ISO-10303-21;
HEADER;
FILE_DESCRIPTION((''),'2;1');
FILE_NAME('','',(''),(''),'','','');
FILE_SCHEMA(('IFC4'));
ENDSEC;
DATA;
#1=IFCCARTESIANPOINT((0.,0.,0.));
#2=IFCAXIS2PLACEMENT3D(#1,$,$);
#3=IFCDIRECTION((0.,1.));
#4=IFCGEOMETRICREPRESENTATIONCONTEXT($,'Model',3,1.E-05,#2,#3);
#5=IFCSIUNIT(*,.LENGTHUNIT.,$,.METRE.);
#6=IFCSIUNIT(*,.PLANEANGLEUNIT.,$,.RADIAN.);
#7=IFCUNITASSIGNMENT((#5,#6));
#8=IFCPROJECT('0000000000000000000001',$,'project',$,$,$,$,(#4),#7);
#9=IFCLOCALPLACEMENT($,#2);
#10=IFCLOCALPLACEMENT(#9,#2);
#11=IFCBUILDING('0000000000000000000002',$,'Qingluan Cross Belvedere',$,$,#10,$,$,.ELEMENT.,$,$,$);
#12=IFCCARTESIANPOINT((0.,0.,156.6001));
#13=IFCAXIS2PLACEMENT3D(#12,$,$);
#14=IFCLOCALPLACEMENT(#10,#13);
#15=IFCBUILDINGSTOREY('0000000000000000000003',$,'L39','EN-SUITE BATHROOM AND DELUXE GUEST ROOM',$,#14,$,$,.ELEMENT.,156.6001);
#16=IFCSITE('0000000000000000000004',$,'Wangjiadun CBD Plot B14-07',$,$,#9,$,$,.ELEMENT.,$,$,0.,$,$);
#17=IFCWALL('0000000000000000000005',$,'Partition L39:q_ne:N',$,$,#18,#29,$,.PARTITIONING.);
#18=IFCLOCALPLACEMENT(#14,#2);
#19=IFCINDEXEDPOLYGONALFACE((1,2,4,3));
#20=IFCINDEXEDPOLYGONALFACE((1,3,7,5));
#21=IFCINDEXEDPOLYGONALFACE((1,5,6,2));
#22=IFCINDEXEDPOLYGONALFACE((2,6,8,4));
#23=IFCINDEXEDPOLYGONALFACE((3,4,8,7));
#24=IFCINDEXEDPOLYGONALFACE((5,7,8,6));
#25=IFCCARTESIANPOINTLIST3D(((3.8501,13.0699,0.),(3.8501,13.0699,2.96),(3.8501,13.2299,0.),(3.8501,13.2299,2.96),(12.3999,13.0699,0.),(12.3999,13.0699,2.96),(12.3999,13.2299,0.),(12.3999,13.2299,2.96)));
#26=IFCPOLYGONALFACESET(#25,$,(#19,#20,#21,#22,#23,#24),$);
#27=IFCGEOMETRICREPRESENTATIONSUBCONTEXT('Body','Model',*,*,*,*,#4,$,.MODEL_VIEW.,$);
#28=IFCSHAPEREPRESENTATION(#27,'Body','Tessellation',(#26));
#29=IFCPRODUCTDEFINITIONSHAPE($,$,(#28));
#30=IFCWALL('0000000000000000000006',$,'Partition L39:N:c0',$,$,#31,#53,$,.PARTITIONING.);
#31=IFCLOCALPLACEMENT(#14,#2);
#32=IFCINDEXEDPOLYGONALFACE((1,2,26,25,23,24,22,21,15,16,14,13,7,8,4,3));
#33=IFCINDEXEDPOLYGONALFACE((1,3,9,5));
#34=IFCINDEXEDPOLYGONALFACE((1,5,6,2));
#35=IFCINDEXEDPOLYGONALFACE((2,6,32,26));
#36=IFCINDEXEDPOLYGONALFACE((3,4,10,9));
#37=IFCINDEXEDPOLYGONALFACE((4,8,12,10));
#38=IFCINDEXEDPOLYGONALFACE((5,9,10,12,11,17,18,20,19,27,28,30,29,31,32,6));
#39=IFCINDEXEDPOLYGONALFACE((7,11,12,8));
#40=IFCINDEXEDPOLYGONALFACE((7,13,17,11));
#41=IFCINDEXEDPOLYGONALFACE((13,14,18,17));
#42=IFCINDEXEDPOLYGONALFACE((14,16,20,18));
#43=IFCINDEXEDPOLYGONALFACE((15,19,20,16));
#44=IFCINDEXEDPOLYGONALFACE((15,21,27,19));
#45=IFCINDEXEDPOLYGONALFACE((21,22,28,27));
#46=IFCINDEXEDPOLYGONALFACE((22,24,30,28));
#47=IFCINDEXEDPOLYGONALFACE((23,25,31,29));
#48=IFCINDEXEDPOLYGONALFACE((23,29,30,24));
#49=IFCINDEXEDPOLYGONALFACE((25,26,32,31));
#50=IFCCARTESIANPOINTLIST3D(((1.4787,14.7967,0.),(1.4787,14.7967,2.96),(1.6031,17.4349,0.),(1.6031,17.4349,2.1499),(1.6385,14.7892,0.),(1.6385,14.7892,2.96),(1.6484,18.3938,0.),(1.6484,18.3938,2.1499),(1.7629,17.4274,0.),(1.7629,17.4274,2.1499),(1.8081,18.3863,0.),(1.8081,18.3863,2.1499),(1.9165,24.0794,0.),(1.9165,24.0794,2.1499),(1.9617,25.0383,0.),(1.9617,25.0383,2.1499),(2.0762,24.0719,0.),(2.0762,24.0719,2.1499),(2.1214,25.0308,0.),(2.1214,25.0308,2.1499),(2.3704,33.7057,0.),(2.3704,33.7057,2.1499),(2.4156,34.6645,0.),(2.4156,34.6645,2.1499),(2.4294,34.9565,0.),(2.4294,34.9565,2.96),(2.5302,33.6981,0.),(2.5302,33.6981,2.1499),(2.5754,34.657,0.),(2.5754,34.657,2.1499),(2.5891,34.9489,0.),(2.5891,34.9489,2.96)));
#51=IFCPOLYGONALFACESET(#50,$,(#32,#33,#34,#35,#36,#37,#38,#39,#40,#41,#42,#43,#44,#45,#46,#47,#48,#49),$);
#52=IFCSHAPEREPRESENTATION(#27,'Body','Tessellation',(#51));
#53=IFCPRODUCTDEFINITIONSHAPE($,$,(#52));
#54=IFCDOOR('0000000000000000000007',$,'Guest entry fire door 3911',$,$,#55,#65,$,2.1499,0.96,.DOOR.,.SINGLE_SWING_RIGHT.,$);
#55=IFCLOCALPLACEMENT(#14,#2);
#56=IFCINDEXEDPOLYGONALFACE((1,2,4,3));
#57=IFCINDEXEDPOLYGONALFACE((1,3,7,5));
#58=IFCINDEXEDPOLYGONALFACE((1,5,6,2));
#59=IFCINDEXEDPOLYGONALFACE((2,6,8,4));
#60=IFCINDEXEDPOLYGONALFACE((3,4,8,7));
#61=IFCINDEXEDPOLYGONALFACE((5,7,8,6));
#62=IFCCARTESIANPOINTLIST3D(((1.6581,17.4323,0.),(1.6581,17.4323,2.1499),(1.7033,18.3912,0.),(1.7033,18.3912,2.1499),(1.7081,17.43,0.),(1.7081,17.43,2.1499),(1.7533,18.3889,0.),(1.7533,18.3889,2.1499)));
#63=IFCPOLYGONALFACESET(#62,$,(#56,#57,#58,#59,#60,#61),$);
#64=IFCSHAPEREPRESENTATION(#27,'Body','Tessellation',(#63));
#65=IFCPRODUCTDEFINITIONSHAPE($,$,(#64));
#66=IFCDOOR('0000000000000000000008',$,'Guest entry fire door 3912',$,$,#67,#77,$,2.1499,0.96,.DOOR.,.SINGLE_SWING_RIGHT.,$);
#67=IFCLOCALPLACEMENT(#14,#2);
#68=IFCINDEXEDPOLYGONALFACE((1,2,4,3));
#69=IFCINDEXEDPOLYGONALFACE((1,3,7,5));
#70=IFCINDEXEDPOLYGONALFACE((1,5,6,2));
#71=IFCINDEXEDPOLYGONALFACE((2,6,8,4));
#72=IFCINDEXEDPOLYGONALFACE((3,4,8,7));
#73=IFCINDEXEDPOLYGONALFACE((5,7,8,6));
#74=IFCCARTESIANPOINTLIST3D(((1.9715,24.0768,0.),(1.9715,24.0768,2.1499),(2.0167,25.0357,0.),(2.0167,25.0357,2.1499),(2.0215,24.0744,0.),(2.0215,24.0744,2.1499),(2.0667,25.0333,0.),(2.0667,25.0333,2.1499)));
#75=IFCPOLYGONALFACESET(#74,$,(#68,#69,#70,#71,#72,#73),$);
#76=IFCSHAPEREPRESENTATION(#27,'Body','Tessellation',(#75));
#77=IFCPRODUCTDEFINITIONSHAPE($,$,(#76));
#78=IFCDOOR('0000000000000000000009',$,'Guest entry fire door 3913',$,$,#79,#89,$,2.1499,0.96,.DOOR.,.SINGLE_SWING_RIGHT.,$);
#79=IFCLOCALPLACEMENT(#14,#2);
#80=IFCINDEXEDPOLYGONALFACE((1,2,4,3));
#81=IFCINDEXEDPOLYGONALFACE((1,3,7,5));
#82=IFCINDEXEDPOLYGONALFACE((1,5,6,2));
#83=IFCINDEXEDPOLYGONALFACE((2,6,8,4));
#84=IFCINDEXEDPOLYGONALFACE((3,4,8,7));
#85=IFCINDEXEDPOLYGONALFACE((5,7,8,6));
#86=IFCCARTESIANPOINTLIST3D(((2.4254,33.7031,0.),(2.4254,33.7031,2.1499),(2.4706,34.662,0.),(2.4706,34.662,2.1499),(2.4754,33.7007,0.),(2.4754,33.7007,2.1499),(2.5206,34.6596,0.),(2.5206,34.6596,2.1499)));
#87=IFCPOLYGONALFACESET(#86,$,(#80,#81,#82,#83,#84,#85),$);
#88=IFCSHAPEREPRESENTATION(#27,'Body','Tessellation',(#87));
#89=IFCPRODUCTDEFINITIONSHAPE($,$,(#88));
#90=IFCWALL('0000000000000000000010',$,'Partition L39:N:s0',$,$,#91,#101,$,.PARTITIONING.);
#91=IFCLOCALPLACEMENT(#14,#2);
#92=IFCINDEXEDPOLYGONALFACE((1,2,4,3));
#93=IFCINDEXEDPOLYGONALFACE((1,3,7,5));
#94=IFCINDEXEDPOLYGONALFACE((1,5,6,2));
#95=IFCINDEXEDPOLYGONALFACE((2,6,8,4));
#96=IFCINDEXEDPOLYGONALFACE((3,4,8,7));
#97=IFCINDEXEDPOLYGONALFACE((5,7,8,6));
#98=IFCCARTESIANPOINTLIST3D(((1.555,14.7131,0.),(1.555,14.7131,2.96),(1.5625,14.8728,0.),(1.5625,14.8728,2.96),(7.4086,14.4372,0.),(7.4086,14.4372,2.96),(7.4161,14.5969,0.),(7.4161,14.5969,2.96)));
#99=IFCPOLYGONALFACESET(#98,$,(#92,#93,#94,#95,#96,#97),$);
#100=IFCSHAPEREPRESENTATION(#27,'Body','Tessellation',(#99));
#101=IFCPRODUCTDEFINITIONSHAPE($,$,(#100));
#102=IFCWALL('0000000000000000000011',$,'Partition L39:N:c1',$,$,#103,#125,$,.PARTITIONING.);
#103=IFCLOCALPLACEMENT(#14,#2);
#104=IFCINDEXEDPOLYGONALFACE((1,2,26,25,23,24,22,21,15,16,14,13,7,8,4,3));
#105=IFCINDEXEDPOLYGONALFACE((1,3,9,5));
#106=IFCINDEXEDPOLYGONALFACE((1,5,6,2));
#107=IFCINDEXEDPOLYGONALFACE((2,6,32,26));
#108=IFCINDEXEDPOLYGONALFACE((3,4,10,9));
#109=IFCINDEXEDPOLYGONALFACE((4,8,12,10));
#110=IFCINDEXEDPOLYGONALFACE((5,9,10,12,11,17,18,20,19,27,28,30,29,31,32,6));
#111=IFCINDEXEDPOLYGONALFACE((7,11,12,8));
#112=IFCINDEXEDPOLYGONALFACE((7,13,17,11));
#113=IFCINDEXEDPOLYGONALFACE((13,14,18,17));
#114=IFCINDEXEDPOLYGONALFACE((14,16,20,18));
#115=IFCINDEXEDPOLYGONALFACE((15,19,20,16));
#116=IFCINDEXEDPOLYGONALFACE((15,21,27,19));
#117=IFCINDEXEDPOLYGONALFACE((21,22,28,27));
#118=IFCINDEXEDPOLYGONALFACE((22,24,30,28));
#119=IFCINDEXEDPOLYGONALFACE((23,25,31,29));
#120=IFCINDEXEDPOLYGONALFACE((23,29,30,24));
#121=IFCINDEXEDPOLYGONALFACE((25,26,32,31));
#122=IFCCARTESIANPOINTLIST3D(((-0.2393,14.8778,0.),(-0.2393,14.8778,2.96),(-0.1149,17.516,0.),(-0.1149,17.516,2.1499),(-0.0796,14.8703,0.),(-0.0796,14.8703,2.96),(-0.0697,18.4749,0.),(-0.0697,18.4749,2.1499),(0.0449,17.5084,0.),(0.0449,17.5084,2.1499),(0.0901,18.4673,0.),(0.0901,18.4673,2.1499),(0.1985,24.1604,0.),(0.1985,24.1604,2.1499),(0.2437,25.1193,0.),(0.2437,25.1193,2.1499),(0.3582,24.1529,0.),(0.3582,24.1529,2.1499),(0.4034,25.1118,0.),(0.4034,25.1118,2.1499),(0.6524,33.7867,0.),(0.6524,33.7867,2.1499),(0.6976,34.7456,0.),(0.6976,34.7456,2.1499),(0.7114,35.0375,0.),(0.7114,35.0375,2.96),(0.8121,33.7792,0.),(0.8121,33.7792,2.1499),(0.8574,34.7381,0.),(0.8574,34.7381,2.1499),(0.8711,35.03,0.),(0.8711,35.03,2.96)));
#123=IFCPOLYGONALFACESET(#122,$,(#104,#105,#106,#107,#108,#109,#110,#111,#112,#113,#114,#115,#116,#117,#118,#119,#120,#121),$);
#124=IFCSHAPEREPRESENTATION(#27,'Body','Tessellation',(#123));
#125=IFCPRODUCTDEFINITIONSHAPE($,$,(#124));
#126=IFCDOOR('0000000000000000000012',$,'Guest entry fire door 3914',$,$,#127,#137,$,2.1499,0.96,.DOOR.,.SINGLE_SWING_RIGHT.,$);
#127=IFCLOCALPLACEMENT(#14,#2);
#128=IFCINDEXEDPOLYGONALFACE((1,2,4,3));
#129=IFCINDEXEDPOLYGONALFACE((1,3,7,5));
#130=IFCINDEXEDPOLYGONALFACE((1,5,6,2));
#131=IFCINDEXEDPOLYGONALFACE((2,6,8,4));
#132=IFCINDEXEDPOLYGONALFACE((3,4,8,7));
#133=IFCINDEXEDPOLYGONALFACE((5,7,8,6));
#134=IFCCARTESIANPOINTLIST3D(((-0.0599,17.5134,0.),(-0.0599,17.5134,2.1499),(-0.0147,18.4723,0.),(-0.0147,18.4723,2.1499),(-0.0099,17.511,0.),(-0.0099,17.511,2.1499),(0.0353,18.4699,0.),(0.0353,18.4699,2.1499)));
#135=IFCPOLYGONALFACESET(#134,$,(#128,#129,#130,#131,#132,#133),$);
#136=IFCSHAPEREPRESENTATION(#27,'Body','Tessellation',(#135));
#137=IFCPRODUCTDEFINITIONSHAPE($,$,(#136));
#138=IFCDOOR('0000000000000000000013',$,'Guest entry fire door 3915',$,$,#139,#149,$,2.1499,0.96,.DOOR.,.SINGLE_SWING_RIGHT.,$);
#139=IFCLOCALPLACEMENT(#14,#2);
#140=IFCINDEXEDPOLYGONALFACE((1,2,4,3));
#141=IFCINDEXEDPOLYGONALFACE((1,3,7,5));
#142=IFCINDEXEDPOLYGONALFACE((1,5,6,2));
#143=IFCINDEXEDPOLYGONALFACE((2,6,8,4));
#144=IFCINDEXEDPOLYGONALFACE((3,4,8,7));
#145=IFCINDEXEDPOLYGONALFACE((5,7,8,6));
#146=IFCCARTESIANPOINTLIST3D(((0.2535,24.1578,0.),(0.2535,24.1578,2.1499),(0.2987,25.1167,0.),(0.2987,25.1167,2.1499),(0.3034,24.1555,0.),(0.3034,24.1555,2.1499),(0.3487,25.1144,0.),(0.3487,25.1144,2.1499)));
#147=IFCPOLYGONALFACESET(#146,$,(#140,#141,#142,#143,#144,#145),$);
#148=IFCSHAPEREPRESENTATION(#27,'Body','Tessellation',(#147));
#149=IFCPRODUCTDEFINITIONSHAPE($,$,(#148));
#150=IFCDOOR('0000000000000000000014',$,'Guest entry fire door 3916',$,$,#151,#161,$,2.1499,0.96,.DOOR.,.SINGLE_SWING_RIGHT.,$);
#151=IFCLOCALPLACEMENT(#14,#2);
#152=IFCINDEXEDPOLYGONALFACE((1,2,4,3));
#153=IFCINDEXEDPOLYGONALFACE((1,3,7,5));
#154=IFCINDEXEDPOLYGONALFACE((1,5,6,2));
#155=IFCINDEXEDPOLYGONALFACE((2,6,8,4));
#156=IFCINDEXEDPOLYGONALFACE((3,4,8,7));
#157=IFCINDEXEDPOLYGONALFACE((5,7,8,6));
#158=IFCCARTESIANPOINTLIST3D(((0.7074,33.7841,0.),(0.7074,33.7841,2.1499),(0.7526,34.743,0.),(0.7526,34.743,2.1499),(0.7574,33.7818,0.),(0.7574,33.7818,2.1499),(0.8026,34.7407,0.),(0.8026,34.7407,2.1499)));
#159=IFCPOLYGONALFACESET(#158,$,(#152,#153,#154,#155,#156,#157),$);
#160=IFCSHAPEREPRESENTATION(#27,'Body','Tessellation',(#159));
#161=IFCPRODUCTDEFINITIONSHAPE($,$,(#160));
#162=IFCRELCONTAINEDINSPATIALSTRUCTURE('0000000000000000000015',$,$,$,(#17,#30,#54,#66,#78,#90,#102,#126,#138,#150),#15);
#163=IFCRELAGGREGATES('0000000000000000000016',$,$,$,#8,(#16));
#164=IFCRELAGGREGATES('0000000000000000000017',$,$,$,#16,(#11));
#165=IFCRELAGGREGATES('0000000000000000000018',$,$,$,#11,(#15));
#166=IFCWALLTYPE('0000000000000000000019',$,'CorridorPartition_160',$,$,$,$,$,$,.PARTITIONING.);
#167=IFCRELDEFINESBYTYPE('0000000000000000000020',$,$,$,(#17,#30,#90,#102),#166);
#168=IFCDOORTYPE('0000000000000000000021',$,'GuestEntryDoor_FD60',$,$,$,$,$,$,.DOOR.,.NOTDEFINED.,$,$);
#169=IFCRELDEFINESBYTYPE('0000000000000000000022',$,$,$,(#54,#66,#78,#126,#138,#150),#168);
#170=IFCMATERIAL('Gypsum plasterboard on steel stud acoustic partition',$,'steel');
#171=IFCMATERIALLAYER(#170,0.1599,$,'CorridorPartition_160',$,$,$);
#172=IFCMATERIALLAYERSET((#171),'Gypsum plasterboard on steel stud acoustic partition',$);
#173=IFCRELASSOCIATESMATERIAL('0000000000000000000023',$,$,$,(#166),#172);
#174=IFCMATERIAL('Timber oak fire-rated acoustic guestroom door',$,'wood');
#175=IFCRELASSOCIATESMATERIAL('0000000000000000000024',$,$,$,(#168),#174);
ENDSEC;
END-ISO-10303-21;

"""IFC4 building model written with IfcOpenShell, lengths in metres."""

from ifc_helpers import new_model, si_unit, direction, frame, frame_2d, origin, place, context, subcontext, project, spatial, rectangle, extrude, material, layer, layer_set, type_object, element, fill, save


model = new_model("IFC4")

# Units and contexts
model_context = context("Model", 3, precision=1e-05, world=origin(), true_north=direction((0.0, 1.0)))
body_context = subcontext(model_context, "Body", "Model", "MODEL_VIEW")
ifc_project = project(units=[si_unit("LENGTHUNIT", "METRE"), si_unit("PLANEANGLEUNIT", "RADIAN")], contexts=[model_context])

# Site, building, storey
site_placement = place(None, origin())
site = spatial("IfcSite", under=ifc_project, at=site_placement, Name="Wangjiadun CBD Plot B14-07", CompositionType="ELEMENT", RefElevation=0.0)
building_placement = place(site_placement, origin())
building = spatial("IfcBuilding", under=site, at=building_placement, Name="Qingluan Cross Belvedere", CompositionType="ELEMENT")
storey_placement = place(building_placement, frame((0.0, 0.0, 156.6001)))
storey = spatial("IfcBuildingStorey", under=building, at=storey_placement, Name="L39", Description="EN-SUITE BATHROOM AND DELUXE GUEST ROOM", CompositionType="ELEMENT", Elevation=156.6001)

# Wall
ifc_material_1 = material(Name="Gypsum plasterboard on steel stud acoustic partition", Category="steel")
ifc_layer_1 = layer(ifc_material_1, 0.1599, Name="CorridorPartition_160")
ifc_layer_set_1 = layer_set([ifc_layer_1], Name="Gypsum plasterboard on steel stud acoustic partition")
wall_type_1 = type_object("IfcWallType", Name="CorridorPartition_160", PredefinedType="PARTITIONING", material=ifc_layer_set_1)
wall_1_placement = place(storey_placement, frame((3.8501, 13.1499, 0.0), z_axis=(0.0, 0.0, 1.0), x_axis=(1.0, 0.0, 0.0)))
element("IfcWall", 1, at=wall_1_placement, inside=storey, type_object=wall_type_1, Name="Partition L39:q_ne:N", PredefinedType="PARTITIONING", context=body_context, shape_type="SweptSolid", body=[
    extrude(rectangle(XDim=8.5498, YDim=0.1599, at=frame_2d((4.2749, 0.0))), origin(), (0.0, 0.0, 1.0), 2.96),
])

# Wall, openings, doors
wall_2_placement = place(storey_placement, frame((1.5586, 14.793, 0.0), z_axis=(0.0, 0.0, 1.0), x_axis=(0.047105, 0.99889, 0.0)))
wall_2 = element("IfcWall", 2, at=wall_2_placement, inside=storey, type_object=wall_type_1, Name="Partition L39:N:c0", PredefinedType="PARTITIONING", context=body_context, shape_type="SweptSolid", body=[
    extrude(rectangle(XDim=20.1821, YDim=0.1599, at=frame_2d((10.0911, 0.0))), origin(), (0.0, 0.0, 1.0), 2.96),
])
opening_1_placement = place(wall_2_placement, frame((2.6411, 0.0, 0.0)))
opening_1 = element("IfcOpeningElement", 3, at=opening_1_placement, cuts=wall_2, PredefinedType="OPENING", context=body_context, shape_type="SweptSolid", body=[
    extrude(rectangle(XDim=0.96, YDim=2.1499, at=frame_2d((0.48, 1.075))), frame((0.0, 0.0898, 0.0), z_axis=(0.0, -1.0, 0.0), x_axis=(1.0, 0.0, 0.0)), (0.0, 0.0, 1.0), 0.1799),
])
opening_2_placement = place(wall_2_placement, frame((9.293, 0.0, 0.0)))
opening_2 = element("IfcOpeningElement", 4, at=opening_2_placement, cuts=wall_2, PredefinedType="OPENING", context=body_context, shape_type="SweptSolid", body=[
    extrude(rectangle(XDim=0.96, YDim=2.1499, at=frame_2d((0.48, 1.075))), frame((0.0, 0.0898, 0.0), z_axis=(0.0, -1.0, 0.0), x_axis=(1.0, 0.0, 0.0)), (0.0, 0.0, 1.0), 0.1799),
])
opening_3_placement = place(wall_2_placement, frame((18.9299, 0.0, 0.0)))
opening_3 = element("IfcOpeningElement", 5, at=opening_3_placement, cuts=wall_2, PredefinedType="OPENING", context=body_context, shape_type="SweptSolid", body=[
    extrude(rectangle(XDim=0.96, YDim=2.1499, at=frame_2d((0.48, 1.075))), frame((0.0, 0.0898, 0.0), z_axis=(0.0, -1.0, 0.0), x_axis=(1.0, 0.0, 0.0)), (0.0, 0.0, 1.0), 0.1799),
])
ifc_material_2 = material(Name="Timber oak fire-rated acoustic guestroom door", Category="wood")
door_type_1 = type_object("IfcDoorType", Name="GuestEntryDoor_FD60", OperationType="NOTDEFINED", PredefinedType="DOOR", material=ifc_material_2)
door_1_placement = place(opening_1_placement, origin())
door_1 = element("IfcDoor", 6, at=door_1_placement, inside=storey, type_object=door_type_1, Name="Guest entry fire door 3911", OperationType="SINGLE_SWING_RIGHT", OverallHeight=2.1499, OverallWidth=0.96, PredefinedType="DOOR", context=body_context, shape_type="SweptSolid", body=[
    extrude(rectangle(XDim=0.96, YDim=2.1499, at=frame_2d((0.48, 1.075))), frame((0.0, 0.0249, 0.0), z_axis=(0.0, -1.0, 0.0), x_axis=(1.0, 0.0, 0.0)), (0.0, 0.0, 1.0), 0.05),
])
fill(opening_1, door_1)
door_2_placement = place(opening_2_placement, origin())
door_2 = element("IfcDoor", 7, at=door_2_placement, inside=storey, type_object=door_type_1, Name="Guest entry fire door 3912", OperationType="SINGLE_SWING_RIGHT", OverallHeight=2.1499, OverallWidth=0.96, PredefinedType="DOOR", context=body_context, shape_type="SweptSolid", body=[
    extrude(rectangle(XDim=0.96, YDim=2.1499, at=frame_2d((0.48, 1.075))), frame((0.0, 0.0249, 0.0), z_axis=(0.0, -1.0, 0.0), x_axis=(1.0, 0.0, 0.0)), (0.0, 0.0, 1.0), 0.05),
])
fill(opening_2, door_2)
door_3_placement = place(opening_3_placement, origin())
door_3 = element("IfcDoor", 8, at=door_3_placement, inside=storey, type_object=door_type_1, Name="Guest entry fire door 3913", OperationType="SINGLE_SWING_RIGHT", OverallHeight=2.1499, OverallWidth=0.96, PredefinedType="DOOR", context=body_context, shape_type="SweptSolid", body=[
    extrude(rectangle(XDim=0.96, YDim=2.1499, at=frame_2d((0.48, 1.075))), frame((0.0, 0.0249, 0.0), z_axis=(0.0, -1.0, 0.0), x_axis=(1.0, 0.0, 0.0)), (0.0, 0.0, 1.0), 0.05),
])
fill(opening_3, door_3)

# Wall
wall_3_placement = place(storey_placement, frame((1.5586, 14.793, 0.0), z_axis=(0.0, 0.0, 1.0), x_axis=(0.998891, -0.047078, 0.0)))
element("IfcWall", 9, at=wall_3_placement, inside=storey, type_object=wall_type_1, Name="Partition L39:N:s0", PredefinedType="PARTITIONING", context=body_context, shape_type="SweptSolid", body=[
    extrude(rectangle(XDim=5.8601, YDim=0.1599, at=frame_2d((2.9302, 0.0))), origin(), (0.0, 0.0, 1.0), 2.96),
])

# Wall, openings, doors
wall_4_placement = place(storey_placement, frame((-0.1594, 14.874, 0.0), z_axis=(0.0, 0.0, 1.0), x_axis=(0.047105, 0.99889, 0.0)))
wall_4 = element("IfcWall", 10, at=wall_4_placement, inside=storey, type_object=wall_type_1, Name="Partition L39:N:c1", PredefinedType="PARTITIONING", context=body_context, shape_type="SweptSolid", body=[
    extrude(rectangle(XDim=20.1821, YDim=0.1599, at=frame_2d((10.0911, 0.0))), origin(), (0.0, 0.0, 1.0), 2.96),
])
opening_4_placement = place(wall_4_placement, frame((2.6411, 0.0, 0.0)))
opening_4 = element("IfcOpeningElement", 11, at=opening_4_placement, cuts=wall_4, PredefinedType="OPENING", context=body_context, shape_type="SweptSolid", body=[
    extrude(rectangle(XDim=0.96, YDim=2.1499, at=frame_2d((0.48, 1.075))), frame((0.0, 0.0898, 0.0), z_axis=(0.0, -1.0, 0.0), x_axis=(1.0, 0.0, 0.0)), (0.0, 0.0, 1.0), 0.1799),
])
opening_5_placement = place(wall_4_placement, frame((9.293, 0.0, 0.0)))
opening_5 = element("IfcOpeningElement", 12, at=opening_5_placement, cuts=wall_4, PredefinedType="OPENING", context=body_context, shape_type="SweptSolid", body=[
    extrude(rectangle(XDim=0.96, YDim=2.1499, at=frame_2d((0.48, 1.075))), frame((0.0, 0.0898, 0.0), z_axis=(0.0, -1.0, 0.0), x_axis=(1.0, 0.0, 0.0)), (0.0, 0.0, 1.0), 0.1799),
])
opening_6_placement = place(wall_4_placement, frame((18.9299, 0.0, 0.0)))
opening_6 = element("IfcOpeningElement", 13, at=opening_6_placement, cuts=wall_4, PredefinedType="OPENING", context=body_context, shape_type="SweptSolid", body=[
    extrude(rectangle(XDim=0.96, YDim=2.1499, at=frame_2d((0.48, 1.075))), frame((0.0, 0.0898, 0.0), z_axis=(0.0, -1.0, 0.0), x_axis=(1.0, 0.0, 0.0)), (0.0, 0.0, 1.0), 0.1799),
])
door_4_placement = place(opening_4_placement, origin())
door_4 = element("IfcDoor", 14, at=door_4_placement, inside=storey, type_object=door_type_1, Name="Guest entry fire door 3914", OperationType="SINGLE_SWING_RIGHT", OverallHeight=2.1499, OverallWidth=0.96, PredefinedType="DOOR", context=body_context, shape_type="SweptSolid", body=[
    extrude(rectangle(XDim=0.96, YDim=2.1499, at=frame_2d((0.48, 1.075))), frame((0.0, 0.0249, 0.0), z_axis=(0.0, -1.0, 0.0), x_axis=(1.0, 0.0, 0.0)), (0.0, 0.0, 1.0), 0.05),
])
fill(opening_4, door_4)
door_5_placement = place(opening_5_placement, origin())
door_5 = element("IfcDoor", 15, at=door_5_placement, inside=storey, type_object=door_type_1, Name="Guest entry fire door 3915", OperationType="SINGLE_SWING_RIGHT", OverallHeight=2.1499, OverallWidth=0.96, PredefinedType="DOOR", context=body_context, shape_type="SweptSolid", body=[
    extrude(rectangle(XDim=0.96, YDim=2.1499, at=frame_2d((0.48, 1.075))), frame((0.0, 0.0249, 0.0), z_axis=(0.0, -1.0, 0.0), x_axis=(1.0, 0.0, 0.0)), (0.0, 0.0, 1.0), 0.05),
])
fill(opening_5, door_5)
door_6_placement = place(opening_6_placement, origin())
door_6 = element("IfcDoor", 16, at=door_6_placement, inside=storey, type_object=door_type_1, Name="Guest entry fire door 3916", OperationType="SINGLE_SWING_RIGHT", OverallHeight=2.1499, OverallWidth=0.96, PredefinedType="DOOR", context=body_context, shape_type="SweptSolid", body=[
    extrude(rectangle(XDim=0.96, YDim=2.1499, at=frame_2d((0.48, 1.075))), frame((0.0, 0.0249, 0.0), z_axis=(0.0, -1.0, 0.0), x_axis=(1.0, 0.0, 0.0)), (0.0, 0.0, 1.0), 0.05),
])
fill(opening_6, door_6)

save(model, "model.ifc")
